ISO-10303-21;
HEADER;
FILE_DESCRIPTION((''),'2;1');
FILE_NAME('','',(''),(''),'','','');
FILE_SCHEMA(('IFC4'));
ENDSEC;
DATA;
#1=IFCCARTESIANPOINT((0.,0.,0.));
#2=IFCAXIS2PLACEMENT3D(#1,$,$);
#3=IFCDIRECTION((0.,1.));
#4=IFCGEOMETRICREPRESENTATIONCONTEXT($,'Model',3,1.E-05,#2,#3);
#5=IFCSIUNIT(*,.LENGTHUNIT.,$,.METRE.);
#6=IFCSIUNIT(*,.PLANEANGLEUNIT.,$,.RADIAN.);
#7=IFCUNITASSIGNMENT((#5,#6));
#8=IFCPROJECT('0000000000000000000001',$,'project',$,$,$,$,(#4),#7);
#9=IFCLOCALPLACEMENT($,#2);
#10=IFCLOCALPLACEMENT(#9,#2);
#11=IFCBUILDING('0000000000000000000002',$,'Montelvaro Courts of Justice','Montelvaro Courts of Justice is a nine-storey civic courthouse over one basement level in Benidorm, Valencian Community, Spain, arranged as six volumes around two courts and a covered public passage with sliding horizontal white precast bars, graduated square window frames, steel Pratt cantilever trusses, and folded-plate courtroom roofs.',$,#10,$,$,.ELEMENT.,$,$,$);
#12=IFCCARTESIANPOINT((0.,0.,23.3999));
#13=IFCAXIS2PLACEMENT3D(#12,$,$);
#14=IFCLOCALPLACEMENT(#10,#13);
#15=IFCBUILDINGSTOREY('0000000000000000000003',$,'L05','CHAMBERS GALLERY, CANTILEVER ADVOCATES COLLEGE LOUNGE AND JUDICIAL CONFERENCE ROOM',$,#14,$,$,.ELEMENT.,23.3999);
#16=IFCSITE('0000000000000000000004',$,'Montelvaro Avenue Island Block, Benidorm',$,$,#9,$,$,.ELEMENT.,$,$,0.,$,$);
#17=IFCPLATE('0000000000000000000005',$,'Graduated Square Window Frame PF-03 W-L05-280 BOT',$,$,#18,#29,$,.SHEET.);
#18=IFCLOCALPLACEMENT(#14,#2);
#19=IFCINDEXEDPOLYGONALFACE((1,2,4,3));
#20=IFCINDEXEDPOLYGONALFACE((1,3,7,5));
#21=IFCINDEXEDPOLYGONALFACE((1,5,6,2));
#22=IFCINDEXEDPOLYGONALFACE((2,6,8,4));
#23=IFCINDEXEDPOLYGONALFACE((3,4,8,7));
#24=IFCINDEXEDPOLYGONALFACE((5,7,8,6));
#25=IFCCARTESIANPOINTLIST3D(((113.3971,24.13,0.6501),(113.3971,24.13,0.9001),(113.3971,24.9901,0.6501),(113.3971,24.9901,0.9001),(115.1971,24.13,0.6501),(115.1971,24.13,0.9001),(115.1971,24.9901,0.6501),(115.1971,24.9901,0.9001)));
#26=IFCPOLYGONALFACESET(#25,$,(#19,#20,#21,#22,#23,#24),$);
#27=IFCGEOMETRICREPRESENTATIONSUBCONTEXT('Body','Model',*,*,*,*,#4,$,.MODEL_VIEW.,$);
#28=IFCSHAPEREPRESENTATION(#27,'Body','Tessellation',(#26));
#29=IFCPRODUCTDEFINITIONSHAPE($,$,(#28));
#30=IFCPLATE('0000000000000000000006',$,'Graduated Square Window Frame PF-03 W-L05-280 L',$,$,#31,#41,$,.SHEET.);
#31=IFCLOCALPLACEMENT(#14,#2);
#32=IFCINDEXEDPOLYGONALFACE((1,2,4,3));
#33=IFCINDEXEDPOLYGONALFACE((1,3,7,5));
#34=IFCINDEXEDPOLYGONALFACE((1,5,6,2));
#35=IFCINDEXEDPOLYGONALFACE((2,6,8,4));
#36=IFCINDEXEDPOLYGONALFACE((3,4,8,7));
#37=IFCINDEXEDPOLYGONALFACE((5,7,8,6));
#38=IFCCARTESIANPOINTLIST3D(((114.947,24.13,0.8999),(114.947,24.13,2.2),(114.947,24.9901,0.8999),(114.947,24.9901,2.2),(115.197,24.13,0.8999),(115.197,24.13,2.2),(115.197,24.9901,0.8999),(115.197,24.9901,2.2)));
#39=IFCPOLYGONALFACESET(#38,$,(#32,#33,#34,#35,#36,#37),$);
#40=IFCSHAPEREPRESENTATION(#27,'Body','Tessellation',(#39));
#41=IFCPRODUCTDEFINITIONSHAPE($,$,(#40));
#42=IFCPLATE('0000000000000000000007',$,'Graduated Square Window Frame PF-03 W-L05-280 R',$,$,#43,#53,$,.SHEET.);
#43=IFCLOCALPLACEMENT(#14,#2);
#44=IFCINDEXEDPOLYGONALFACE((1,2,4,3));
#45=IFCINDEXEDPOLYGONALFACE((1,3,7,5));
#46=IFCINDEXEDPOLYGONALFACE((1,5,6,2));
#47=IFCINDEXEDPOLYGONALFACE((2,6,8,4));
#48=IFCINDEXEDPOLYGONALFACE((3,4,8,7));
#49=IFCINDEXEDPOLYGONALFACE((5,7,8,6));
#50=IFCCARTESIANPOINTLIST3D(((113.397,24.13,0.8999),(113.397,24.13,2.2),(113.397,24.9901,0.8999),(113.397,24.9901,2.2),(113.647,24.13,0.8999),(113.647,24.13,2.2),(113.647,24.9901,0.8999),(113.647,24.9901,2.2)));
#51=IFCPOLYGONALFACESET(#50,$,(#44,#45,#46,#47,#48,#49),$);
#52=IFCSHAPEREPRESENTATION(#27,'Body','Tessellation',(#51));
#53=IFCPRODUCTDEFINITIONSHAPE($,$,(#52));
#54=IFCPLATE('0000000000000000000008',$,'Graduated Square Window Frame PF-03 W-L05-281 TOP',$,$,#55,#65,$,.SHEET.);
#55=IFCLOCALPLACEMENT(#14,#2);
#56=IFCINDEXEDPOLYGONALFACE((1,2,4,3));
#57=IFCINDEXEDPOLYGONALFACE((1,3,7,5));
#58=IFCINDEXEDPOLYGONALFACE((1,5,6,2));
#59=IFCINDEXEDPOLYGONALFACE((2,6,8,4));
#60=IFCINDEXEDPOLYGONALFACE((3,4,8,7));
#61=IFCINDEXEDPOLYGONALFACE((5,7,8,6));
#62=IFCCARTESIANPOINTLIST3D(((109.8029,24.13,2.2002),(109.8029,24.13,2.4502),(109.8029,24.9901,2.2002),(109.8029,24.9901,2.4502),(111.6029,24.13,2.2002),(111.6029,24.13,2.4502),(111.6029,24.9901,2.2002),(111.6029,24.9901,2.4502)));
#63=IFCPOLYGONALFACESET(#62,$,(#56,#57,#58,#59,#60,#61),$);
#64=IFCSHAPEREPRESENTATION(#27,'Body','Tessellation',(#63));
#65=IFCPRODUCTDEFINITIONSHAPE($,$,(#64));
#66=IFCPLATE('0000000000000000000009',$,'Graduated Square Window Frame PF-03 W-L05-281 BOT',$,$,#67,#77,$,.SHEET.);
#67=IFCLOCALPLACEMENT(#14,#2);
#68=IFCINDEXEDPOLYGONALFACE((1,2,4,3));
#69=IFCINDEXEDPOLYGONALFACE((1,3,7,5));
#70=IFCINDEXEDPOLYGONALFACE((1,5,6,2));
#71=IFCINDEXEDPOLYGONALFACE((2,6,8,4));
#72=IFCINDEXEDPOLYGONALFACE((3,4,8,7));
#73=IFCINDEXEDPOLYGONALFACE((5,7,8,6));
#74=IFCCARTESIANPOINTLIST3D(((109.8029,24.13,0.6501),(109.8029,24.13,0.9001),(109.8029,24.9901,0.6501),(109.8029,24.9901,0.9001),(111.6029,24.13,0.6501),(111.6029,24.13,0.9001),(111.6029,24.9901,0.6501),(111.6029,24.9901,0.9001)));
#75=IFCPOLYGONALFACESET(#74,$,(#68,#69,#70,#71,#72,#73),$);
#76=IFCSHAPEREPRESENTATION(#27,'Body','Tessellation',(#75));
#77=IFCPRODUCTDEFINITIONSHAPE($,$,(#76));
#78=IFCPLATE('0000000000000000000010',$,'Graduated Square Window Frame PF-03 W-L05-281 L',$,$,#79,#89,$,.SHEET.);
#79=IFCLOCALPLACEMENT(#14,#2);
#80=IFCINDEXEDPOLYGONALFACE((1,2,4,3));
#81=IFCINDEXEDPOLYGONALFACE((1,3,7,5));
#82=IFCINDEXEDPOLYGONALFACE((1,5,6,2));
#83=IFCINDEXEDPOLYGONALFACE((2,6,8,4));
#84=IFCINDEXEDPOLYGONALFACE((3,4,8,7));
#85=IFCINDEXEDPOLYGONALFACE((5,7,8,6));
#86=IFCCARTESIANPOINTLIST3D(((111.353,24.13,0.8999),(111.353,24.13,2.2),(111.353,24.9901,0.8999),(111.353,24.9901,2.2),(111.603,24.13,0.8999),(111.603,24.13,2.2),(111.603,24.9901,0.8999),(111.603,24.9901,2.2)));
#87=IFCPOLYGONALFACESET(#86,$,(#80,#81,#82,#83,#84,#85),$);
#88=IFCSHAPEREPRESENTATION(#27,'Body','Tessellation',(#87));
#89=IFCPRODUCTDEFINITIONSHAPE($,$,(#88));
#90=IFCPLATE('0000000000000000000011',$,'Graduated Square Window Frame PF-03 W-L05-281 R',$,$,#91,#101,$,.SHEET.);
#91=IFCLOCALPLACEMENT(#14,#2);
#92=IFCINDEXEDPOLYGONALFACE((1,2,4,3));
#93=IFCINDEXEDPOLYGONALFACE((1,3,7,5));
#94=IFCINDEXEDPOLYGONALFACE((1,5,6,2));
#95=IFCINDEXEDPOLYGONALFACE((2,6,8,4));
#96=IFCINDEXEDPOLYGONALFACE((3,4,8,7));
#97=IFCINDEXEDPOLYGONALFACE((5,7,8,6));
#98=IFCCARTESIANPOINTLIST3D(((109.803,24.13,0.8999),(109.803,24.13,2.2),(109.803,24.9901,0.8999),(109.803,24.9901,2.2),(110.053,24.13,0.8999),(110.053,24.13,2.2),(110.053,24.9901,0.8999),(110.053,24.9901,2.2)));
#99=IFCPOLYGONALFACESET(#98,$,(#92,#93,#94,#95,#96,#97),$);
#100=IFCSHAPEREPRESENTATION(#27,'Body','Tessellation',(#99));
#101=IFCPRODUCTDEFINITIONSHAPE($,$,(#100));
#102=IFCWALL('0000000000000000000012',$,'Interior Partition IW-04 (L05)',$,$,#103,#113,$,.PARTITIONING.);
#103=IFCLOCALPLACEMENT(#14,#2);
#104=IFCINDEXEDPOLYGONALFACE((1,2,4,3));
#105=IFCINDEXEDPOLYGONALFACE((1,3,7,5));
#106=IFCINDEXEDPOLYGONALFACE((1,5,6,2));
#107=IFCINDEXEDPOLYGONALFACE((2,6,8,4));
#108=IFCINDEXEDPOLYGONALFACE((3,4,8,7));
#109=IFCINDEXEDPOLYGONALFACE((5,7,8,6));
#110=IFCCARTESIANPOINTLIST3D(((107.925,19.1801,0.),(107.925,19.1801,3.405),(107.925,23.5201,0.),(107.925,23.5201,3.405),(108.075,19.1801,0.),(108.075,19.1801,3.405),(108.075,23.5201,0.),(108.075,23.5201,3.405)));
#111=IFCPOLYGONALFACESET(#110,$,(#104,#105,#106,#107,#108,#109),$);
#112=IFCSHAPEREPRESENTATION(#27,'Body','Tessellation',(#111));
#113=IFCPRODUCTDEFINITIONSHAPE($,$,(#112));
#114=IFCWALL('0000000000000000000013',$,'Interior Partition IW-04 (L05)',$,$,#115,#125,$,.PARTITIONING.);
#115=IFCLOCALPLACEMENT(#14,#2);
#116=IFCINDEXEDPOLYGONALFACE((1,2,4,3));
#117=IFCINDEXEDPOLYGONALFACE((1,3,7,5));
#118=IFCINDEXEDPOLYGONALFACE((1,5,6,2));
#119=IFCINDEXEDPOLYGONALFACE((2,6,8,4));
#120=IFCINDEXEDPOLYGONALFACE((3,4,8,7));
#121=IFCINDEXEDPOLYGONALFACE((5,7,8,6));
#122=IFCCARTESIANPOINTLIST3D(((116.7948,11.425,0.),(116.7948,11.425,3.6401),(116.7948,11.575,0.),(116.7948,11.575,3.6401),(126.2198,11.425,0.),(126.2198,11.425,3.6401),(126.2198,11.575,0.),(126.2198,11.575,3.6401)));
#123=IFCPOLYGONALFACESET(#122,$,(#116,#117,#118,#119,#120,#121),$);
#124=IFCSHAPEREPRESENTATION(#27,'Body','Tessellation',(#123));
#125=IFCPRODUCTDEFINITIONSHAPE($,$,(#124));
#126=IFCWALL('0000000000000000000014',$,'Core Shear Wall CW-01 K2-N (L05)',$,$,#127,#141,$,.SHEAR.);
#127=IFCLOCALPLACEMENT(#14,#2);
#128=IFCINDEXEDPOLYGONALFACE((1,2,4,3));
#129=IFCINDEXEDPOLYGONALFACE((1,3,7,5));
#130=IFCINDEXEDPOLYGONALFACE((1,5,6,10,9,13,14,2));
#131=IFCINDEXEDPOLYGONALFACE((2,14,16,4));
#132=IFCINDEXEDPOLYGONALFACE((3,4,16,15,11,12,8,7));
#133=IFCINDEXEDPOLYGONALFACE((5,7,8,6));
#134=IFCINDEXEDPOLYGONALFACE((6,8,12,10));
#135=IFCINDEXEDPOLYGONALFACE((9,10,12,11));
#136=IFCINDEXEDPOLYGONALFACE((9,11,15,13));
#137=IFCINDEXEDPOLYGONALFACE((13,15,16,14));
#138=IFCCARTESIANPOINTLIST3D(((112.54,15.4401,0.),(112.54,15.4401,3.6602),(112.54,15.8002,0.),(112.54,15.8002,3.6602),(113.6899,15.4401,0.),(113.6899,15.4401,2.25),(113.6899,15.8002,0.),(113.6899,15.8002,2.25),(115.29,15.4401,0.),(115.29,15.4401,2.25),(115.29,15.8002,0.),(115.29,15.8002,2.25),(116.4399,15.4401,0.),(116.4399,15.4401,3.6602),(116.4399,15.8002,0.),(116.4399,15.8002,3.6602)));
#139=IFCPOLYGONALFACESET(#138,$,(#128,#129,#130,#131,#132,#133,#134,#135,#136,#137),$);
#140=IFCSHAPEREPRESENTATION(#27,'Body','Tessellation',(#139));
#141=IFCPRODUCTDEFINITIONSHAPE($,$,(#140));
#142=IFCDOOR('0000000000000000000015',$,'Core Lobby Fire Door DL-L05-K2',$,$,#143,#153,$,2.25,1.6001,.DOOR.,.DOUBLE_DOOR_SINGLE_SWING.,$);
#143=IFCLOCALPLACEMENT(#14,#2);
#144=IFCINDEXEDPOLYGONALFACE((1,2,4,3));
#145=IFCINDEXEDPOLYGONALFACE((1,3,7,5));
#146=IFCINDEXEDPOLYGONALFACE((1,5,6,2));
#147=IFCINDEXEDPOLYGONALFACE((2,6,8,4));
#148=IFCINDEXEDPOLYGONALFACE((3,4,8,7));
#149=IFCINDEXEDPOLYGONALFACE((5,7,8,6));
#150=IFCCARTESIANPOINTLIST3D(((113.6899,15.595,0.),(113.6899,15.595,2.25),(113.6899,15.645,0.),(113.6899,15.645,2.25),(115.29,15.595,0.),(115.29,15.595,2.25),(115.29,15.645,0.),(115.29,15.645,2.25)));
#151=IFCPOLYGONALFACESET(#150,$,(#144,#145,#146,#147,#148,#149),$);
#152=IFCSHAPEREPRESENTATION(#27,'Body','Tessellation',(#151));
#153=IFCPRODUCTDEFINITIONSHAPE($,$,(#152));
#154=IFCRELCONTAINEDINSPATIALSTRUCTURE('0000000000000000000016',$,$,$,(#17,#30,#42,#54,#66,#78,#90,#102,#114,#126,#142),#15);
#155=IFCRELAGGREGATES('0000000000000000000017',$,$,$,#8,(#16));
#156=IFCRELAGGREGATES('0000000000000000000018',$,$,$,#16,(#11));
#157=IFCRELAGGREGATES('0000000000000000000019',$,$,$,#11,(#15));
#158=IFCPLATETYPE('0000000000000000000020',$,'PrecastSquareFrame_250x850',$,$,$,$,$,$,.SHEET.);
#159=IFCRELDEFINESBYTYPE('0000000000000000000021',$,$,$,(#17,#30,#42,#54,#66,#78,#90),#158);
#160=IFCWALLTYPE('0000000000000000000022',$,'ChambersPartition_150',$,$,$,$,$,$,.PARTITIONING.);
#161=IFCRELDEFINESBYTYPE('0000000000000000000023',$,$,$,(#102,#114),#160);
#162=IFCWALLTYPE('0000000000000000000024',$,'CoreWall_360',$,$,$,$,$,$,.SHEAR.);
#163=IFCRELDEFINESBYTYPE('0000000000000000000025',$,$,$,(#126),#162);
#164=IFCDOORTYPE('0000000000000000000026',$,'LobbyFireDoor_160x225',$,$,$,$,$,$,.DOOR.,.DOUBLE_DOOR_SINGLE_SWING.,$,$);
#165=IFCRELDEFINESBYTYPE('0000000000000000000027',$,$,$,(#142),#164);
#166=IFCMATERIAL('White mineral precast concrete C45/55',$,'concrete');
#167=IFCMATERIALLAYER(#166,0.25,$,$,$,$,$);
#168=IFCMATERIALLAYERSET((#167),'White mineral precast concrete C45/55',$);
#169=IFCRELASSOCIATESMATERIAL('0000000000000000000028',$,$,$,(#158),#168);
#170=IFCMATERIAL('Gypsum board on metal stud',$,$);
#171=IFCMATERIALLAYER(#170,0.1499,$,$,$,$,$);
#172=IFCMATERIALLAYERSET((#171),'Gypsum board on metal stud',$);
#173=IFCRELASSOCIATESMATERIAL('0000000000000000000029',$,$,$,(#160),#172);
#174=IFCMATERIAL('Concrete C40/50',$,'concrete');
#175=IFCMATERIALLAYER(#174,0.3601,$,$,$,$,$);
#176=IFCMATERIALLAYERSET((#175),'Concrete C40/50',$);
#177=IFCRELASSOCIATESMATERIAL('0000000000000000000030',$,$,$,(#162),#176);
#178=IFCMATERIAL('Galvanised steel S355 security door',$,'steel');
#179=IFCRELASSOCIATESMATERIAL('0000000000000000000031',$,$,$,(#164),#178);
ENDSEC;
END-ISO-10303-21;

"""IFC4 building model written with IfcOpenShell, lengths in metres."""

from ifc_helpers import new_model, si_unit, direction, frame, frame_2d, origin, origin_2d, place, context, subcontext, project, spatial, rectangle, extrude, material, layer, layer_set, type_object, element, fill, save


model = new_model("IFC4")

# Units and contexts
model_context = context("Model", 3, precision=1e-05, world=origin(), true_north=direction((0.0, 1.0)))
body_context = subcontext(model_context, "Body", "Model", "MODEL_VIEW")
ifc_project = project(units=[si_unit("LENGTHUNIT", "METRE"), si_unit("PLANEANGLEUNIT", "RADIAN")], contexts=[model_context])

# Site, building, storey
site_placement = place(None, origin())
site = spatial("IfcSite", under=ifc_project, at=site_placement, Name="Montelvaro Avenue Island Block, Benidorm", CompositionType="ELEMENT", RefElevation=0.0)
building_placement = place(site_placement, origin())
building = spatial("IfcBuilding", under=site, at=building_placement, Name="Montelvaro Courts of Justice", Description="Montelvaro Courts of Justice is a nine-storey civic courthouse over one basement level in Benidorm, Valencian Community, Spain, arranged as six volumes around two courts and a covered public passage with sliding horizontal white precast bars, graduated square window frames, steel Pratt cantilever trusses, and folded-plate courtroom roofs.", CompositionType="ELEMENT")
storey_placement = place(building_placement, frame((0.0, 0.0, 23.3999)))
storey = spatial("IfcBuildingStorey", under=building, at=storey_placement, Name="L05", Description="CHAMBERS GALLERY, CANTILEVER ADVOCATES COLLEGE LOUNGE AND JUDICIAL CONFERENCE ROOM", CompositionType="ELEMENT", Elevation=23.3999)

# Plates
ifc_material_1 = material(Name="White mineral precast concrete C45/55", Category="concrete")
ifc_layer_1 = layer(ifc_material_1, 0.25)
ifc_layer_set_1 = layer_set([ifc_layer_1], Name="White mineral precast concrete C45/55")
plate_type = type_object("IfcPlateType", Name="PrecastSquareFrame_250x850", PredefinedType="SHEET", material=ifc_layer_set_1)
for number, where, z_axis, x_axis, name in (
    (1, (114.2971, 24.5601, 0.6501), (0.0, 0.0, 1.0), (-1.0, 0.0, 0.0), "Graduated Square Window Frame PF-03 W-L05-280 BOT"),
):
    element("IfcPlate", number, at=place(storey_placement, frame(where, z_axis=z_axis, x_axis=x_axis)), inside=storey, type_object=plate_type, Name=name, PredefinedType="SHEET", context=body_context, shape_type="SweptSolid", body=[
        extrude(rectangle(XDim=1.8, YDim=0.8601, at=origin_2d()), origin(), (0.0, 0.0, 1.0), 0.25),
    ])
for number, where, z_axis, x_axis, name in (
    (2, (115.072, 24.5601, 0.8999), (0.0, 0.0, 1.0), (-1.0, 0.0, 0.0), "Graduated Square Window Frame PF-03 W-L05-280 L"),
    (3, (113.522, 24.5601, 0.8999), (0.0, 0.0, 1.0), (-1.0, 0.0, 0.0), "Graduated Square Window Frame PF-03 W-L05-280 R"),
):
    element("IfcPlate", number, at=place(storey_placement, frame(where, z_axis=z_axis, x_axis=x_axis)), inside=storey, type_object=plate_type, Name=name, PredefinedType="SHEET", context=body_context, shape_type="SweptSolid", body=[
        extrude(rectangle(XDim=0.25, YDim=0.8601, at=origin_2d()), origin(), (0.0, 0.0, 1.0), 1.3),
    ])
for number, where, z_axis, x_axis, name in (
    (4, (110.7029, 24.5601, 2.2002), (0.0, 0.0, 1.0), (-1.0, 0.0, 0.0), "Graduated Square Window Frame PF-03 W-L05-281 TOP"),
    (5, (110.7029, 24.5601, 0.6501), (0.0, 0.0, 1.0), (-1.0, 0.0, 0.0), "Graduated Square Window Frame PF-03 W-L05-281 BOT"),
):
    element("IfcPlate", number, at=place(storey_placement, frame(where, z_axis=z_axis, x_axis=x_axis)), inside=storey, type_object=plate_type, Name=name, PredefinedType="SHEET", context=body_context, shape_type="SweptSolid", body=[
        extrude(rectangle(XDim=1.8, YDim=0.8601, at=origin_2d()), origin(), (0.0, 0.0, 1.0), 0.25),
    ])
for number, where, z_axis, x_axis, name in (
    (6, (111.478, 24.5601, 0.8999), (0.0, 0.0, 1.0), (-1.0, 0.0, 0.0), "Graduated Square Window Frame PF-03 W-L05-281 L"),
    (7, (109.928, 24.5601, 0.8999), (0.0, 0.0, 1.0), (-1.0, 0.0, 0.0), "Graduated Square Window Frame PF-03 W-L05-281 R"),
):
    element("IfcPlate", number, at=place(storey_placement, frame(where, z_axis=z_axis, x_axis=x_axis)), inside=storey, type_object=plate_type, Name=name, PredefinedType="SHEET", context=body_context, shape_type="SweptSolid", body=[
        extrude(rectangle(XDim=0.25, YDim=0.8601, at=origin_2d()), origin(), (0.0, 0.0, 1.0), 1.3),
    ])

# Walls
ifc_material_2 = material(Name="Gypsum board on metal stud")
ifc_layer_2 = layer(ifc_material_2, 0.1499)
ifc_layer_set_2 = layer_set([ifc_layer_2], Name="Gypsum board on metal stud")
wall_type_1 = type_object("IfcWallType", Name="ChambersPartition_150", PredefinedType="PARTITIONING", material=ifc_layer_set_2)
wall_1_placement = place(storey_placement, frame((108.0, 23.52, 0.0), z_axis=(0.0, 0.0, 1.0), x_axis=(0.0, -1.0, 0.0)))
element("IfcWall", 8, at=wall_1_placement, inside=storey, type_object=wall_type_1, Name="Interior Partition IW-04 (L05)", PredefinedType="PARTITIONING", context=body_context, shape_type="SweptSolid", body=[
    extrude(rectangle(XDim=4.3401, YDim=0.1499, at=frame_2d((2.1699, 0.0))), origin(), (0.0, 0.0, 1.0), 3.405),
])
wall_2_placement = place(storey_placement, frame((116.7949, 11.5, 0.0), z_axis=(0.0, 0.0, 1.0), x_axis=(1.0, 0.0, 0.0)))
element("IfcWall", 9, at=wall_2_placement, inside=storey, type_object=wall_type_1, Name="Interior Partition IW-04 (L05)", PredefinedType="PARTITIONING", context=body_context, shape_type="SweptSolid", body=[
    extrude(rectangle(XDim=9.425, YDim=0.1499, at=frame_2d((4.7124, 0.0))), origin(), (0.0, 0.0, 1.0), 3.6401),
])

# Wall, opening, door
ifc_material_3 = material(Name="Concrete C40/50", Category="concrete")
ifc_layer_3 = layer(ifc_material_3, 0.3601)
ifc_layer_set_3 = layer_set([ifc_layer_3], Name="Concrete C40/50")
wall_type_2 = type_object("IfcWallType", Name="CoreWall_360", PredefinedType="SHEAR", material=ifc_layer_set_3)
wall_3_placement = place(storey_placement, frame((112.54, 15.6201, 0.0), z_axis=(0.0, 0.0, 1.0), x_axis=(1.0, 0.0, 0.0)))
wall_3 = element("IfcWall", 10, at=wall_3_placement, inside=storey, type_object=wall_type_2, Name="Core Shear Wall CW-01 K2-N (L05)", PredefinedType="SHEAR", context=body_context, shape_type="SweptSolid", body=[
    extrude(rectangle(XDim=3.8999, YDim=0.3601, at=frame_2d((1.95, 0.0))), origin(), (0.0, 0.0, 1.0), 3.6602),
])
opening_1_placement = place(wall_3_placement, frame((1.1499, 0.0, 0.0)))
opening_1 = element("IfcOpeningElement", 11, at=opening_1_placement, cuts=wall_3, PredefinedType="OPENING", context=body_context, shape_type="SweptSolid", body=[
    extrude(rectangle(XDim=1.6001, YDim=2.25, at=frame_2d((0.8, 1.125))), frame((0.0, 0.1948, 0.0), z_axis=(0.0, -1.0, 0.0), x_axis=(1.0, 0.0, 0.0)), (0.0, 0.0, 1.0), 0.3899),
])
ifc_material_4 = material(Name="Galvanised steel S355 security door", Category="steel")
door_type = type_object("IfcDoorType", Name="LobbyFireDoor_160x225", OperationType="DOUBLE_DOOR_SINGLE_SWING", PredefinedType="DOOR", material=ifc_material_4)
door_placement = place(opening_1_placement, origin())
door = element("IfcDoor", 12, at=door_placement, inside=storey, type_object=door_type, Name="Core Lobby Fire Door DL-L05-K2", OperationType="DOUBLE_DOOR_SINGLE_SWING", OverallHeight=2.25, OverallWidth=1.6001, PredefinedType="DOOR", context=body_context, shape_type="SweptSolid", body=[
    extrude(rectangle(XDim=1.6001, YDim=2.25, at=frame_2d((0.8, 1.125))), frame((0.0, 0.0249, 0.0), z_axis=(0.0, -1.0, 0.0), x_axis=(1.0, 0.0, 0.0)), (0.0, 0.0, 1.0), 0.05),
])
fill(opening_1, door)

save(model, "model.ifc")
